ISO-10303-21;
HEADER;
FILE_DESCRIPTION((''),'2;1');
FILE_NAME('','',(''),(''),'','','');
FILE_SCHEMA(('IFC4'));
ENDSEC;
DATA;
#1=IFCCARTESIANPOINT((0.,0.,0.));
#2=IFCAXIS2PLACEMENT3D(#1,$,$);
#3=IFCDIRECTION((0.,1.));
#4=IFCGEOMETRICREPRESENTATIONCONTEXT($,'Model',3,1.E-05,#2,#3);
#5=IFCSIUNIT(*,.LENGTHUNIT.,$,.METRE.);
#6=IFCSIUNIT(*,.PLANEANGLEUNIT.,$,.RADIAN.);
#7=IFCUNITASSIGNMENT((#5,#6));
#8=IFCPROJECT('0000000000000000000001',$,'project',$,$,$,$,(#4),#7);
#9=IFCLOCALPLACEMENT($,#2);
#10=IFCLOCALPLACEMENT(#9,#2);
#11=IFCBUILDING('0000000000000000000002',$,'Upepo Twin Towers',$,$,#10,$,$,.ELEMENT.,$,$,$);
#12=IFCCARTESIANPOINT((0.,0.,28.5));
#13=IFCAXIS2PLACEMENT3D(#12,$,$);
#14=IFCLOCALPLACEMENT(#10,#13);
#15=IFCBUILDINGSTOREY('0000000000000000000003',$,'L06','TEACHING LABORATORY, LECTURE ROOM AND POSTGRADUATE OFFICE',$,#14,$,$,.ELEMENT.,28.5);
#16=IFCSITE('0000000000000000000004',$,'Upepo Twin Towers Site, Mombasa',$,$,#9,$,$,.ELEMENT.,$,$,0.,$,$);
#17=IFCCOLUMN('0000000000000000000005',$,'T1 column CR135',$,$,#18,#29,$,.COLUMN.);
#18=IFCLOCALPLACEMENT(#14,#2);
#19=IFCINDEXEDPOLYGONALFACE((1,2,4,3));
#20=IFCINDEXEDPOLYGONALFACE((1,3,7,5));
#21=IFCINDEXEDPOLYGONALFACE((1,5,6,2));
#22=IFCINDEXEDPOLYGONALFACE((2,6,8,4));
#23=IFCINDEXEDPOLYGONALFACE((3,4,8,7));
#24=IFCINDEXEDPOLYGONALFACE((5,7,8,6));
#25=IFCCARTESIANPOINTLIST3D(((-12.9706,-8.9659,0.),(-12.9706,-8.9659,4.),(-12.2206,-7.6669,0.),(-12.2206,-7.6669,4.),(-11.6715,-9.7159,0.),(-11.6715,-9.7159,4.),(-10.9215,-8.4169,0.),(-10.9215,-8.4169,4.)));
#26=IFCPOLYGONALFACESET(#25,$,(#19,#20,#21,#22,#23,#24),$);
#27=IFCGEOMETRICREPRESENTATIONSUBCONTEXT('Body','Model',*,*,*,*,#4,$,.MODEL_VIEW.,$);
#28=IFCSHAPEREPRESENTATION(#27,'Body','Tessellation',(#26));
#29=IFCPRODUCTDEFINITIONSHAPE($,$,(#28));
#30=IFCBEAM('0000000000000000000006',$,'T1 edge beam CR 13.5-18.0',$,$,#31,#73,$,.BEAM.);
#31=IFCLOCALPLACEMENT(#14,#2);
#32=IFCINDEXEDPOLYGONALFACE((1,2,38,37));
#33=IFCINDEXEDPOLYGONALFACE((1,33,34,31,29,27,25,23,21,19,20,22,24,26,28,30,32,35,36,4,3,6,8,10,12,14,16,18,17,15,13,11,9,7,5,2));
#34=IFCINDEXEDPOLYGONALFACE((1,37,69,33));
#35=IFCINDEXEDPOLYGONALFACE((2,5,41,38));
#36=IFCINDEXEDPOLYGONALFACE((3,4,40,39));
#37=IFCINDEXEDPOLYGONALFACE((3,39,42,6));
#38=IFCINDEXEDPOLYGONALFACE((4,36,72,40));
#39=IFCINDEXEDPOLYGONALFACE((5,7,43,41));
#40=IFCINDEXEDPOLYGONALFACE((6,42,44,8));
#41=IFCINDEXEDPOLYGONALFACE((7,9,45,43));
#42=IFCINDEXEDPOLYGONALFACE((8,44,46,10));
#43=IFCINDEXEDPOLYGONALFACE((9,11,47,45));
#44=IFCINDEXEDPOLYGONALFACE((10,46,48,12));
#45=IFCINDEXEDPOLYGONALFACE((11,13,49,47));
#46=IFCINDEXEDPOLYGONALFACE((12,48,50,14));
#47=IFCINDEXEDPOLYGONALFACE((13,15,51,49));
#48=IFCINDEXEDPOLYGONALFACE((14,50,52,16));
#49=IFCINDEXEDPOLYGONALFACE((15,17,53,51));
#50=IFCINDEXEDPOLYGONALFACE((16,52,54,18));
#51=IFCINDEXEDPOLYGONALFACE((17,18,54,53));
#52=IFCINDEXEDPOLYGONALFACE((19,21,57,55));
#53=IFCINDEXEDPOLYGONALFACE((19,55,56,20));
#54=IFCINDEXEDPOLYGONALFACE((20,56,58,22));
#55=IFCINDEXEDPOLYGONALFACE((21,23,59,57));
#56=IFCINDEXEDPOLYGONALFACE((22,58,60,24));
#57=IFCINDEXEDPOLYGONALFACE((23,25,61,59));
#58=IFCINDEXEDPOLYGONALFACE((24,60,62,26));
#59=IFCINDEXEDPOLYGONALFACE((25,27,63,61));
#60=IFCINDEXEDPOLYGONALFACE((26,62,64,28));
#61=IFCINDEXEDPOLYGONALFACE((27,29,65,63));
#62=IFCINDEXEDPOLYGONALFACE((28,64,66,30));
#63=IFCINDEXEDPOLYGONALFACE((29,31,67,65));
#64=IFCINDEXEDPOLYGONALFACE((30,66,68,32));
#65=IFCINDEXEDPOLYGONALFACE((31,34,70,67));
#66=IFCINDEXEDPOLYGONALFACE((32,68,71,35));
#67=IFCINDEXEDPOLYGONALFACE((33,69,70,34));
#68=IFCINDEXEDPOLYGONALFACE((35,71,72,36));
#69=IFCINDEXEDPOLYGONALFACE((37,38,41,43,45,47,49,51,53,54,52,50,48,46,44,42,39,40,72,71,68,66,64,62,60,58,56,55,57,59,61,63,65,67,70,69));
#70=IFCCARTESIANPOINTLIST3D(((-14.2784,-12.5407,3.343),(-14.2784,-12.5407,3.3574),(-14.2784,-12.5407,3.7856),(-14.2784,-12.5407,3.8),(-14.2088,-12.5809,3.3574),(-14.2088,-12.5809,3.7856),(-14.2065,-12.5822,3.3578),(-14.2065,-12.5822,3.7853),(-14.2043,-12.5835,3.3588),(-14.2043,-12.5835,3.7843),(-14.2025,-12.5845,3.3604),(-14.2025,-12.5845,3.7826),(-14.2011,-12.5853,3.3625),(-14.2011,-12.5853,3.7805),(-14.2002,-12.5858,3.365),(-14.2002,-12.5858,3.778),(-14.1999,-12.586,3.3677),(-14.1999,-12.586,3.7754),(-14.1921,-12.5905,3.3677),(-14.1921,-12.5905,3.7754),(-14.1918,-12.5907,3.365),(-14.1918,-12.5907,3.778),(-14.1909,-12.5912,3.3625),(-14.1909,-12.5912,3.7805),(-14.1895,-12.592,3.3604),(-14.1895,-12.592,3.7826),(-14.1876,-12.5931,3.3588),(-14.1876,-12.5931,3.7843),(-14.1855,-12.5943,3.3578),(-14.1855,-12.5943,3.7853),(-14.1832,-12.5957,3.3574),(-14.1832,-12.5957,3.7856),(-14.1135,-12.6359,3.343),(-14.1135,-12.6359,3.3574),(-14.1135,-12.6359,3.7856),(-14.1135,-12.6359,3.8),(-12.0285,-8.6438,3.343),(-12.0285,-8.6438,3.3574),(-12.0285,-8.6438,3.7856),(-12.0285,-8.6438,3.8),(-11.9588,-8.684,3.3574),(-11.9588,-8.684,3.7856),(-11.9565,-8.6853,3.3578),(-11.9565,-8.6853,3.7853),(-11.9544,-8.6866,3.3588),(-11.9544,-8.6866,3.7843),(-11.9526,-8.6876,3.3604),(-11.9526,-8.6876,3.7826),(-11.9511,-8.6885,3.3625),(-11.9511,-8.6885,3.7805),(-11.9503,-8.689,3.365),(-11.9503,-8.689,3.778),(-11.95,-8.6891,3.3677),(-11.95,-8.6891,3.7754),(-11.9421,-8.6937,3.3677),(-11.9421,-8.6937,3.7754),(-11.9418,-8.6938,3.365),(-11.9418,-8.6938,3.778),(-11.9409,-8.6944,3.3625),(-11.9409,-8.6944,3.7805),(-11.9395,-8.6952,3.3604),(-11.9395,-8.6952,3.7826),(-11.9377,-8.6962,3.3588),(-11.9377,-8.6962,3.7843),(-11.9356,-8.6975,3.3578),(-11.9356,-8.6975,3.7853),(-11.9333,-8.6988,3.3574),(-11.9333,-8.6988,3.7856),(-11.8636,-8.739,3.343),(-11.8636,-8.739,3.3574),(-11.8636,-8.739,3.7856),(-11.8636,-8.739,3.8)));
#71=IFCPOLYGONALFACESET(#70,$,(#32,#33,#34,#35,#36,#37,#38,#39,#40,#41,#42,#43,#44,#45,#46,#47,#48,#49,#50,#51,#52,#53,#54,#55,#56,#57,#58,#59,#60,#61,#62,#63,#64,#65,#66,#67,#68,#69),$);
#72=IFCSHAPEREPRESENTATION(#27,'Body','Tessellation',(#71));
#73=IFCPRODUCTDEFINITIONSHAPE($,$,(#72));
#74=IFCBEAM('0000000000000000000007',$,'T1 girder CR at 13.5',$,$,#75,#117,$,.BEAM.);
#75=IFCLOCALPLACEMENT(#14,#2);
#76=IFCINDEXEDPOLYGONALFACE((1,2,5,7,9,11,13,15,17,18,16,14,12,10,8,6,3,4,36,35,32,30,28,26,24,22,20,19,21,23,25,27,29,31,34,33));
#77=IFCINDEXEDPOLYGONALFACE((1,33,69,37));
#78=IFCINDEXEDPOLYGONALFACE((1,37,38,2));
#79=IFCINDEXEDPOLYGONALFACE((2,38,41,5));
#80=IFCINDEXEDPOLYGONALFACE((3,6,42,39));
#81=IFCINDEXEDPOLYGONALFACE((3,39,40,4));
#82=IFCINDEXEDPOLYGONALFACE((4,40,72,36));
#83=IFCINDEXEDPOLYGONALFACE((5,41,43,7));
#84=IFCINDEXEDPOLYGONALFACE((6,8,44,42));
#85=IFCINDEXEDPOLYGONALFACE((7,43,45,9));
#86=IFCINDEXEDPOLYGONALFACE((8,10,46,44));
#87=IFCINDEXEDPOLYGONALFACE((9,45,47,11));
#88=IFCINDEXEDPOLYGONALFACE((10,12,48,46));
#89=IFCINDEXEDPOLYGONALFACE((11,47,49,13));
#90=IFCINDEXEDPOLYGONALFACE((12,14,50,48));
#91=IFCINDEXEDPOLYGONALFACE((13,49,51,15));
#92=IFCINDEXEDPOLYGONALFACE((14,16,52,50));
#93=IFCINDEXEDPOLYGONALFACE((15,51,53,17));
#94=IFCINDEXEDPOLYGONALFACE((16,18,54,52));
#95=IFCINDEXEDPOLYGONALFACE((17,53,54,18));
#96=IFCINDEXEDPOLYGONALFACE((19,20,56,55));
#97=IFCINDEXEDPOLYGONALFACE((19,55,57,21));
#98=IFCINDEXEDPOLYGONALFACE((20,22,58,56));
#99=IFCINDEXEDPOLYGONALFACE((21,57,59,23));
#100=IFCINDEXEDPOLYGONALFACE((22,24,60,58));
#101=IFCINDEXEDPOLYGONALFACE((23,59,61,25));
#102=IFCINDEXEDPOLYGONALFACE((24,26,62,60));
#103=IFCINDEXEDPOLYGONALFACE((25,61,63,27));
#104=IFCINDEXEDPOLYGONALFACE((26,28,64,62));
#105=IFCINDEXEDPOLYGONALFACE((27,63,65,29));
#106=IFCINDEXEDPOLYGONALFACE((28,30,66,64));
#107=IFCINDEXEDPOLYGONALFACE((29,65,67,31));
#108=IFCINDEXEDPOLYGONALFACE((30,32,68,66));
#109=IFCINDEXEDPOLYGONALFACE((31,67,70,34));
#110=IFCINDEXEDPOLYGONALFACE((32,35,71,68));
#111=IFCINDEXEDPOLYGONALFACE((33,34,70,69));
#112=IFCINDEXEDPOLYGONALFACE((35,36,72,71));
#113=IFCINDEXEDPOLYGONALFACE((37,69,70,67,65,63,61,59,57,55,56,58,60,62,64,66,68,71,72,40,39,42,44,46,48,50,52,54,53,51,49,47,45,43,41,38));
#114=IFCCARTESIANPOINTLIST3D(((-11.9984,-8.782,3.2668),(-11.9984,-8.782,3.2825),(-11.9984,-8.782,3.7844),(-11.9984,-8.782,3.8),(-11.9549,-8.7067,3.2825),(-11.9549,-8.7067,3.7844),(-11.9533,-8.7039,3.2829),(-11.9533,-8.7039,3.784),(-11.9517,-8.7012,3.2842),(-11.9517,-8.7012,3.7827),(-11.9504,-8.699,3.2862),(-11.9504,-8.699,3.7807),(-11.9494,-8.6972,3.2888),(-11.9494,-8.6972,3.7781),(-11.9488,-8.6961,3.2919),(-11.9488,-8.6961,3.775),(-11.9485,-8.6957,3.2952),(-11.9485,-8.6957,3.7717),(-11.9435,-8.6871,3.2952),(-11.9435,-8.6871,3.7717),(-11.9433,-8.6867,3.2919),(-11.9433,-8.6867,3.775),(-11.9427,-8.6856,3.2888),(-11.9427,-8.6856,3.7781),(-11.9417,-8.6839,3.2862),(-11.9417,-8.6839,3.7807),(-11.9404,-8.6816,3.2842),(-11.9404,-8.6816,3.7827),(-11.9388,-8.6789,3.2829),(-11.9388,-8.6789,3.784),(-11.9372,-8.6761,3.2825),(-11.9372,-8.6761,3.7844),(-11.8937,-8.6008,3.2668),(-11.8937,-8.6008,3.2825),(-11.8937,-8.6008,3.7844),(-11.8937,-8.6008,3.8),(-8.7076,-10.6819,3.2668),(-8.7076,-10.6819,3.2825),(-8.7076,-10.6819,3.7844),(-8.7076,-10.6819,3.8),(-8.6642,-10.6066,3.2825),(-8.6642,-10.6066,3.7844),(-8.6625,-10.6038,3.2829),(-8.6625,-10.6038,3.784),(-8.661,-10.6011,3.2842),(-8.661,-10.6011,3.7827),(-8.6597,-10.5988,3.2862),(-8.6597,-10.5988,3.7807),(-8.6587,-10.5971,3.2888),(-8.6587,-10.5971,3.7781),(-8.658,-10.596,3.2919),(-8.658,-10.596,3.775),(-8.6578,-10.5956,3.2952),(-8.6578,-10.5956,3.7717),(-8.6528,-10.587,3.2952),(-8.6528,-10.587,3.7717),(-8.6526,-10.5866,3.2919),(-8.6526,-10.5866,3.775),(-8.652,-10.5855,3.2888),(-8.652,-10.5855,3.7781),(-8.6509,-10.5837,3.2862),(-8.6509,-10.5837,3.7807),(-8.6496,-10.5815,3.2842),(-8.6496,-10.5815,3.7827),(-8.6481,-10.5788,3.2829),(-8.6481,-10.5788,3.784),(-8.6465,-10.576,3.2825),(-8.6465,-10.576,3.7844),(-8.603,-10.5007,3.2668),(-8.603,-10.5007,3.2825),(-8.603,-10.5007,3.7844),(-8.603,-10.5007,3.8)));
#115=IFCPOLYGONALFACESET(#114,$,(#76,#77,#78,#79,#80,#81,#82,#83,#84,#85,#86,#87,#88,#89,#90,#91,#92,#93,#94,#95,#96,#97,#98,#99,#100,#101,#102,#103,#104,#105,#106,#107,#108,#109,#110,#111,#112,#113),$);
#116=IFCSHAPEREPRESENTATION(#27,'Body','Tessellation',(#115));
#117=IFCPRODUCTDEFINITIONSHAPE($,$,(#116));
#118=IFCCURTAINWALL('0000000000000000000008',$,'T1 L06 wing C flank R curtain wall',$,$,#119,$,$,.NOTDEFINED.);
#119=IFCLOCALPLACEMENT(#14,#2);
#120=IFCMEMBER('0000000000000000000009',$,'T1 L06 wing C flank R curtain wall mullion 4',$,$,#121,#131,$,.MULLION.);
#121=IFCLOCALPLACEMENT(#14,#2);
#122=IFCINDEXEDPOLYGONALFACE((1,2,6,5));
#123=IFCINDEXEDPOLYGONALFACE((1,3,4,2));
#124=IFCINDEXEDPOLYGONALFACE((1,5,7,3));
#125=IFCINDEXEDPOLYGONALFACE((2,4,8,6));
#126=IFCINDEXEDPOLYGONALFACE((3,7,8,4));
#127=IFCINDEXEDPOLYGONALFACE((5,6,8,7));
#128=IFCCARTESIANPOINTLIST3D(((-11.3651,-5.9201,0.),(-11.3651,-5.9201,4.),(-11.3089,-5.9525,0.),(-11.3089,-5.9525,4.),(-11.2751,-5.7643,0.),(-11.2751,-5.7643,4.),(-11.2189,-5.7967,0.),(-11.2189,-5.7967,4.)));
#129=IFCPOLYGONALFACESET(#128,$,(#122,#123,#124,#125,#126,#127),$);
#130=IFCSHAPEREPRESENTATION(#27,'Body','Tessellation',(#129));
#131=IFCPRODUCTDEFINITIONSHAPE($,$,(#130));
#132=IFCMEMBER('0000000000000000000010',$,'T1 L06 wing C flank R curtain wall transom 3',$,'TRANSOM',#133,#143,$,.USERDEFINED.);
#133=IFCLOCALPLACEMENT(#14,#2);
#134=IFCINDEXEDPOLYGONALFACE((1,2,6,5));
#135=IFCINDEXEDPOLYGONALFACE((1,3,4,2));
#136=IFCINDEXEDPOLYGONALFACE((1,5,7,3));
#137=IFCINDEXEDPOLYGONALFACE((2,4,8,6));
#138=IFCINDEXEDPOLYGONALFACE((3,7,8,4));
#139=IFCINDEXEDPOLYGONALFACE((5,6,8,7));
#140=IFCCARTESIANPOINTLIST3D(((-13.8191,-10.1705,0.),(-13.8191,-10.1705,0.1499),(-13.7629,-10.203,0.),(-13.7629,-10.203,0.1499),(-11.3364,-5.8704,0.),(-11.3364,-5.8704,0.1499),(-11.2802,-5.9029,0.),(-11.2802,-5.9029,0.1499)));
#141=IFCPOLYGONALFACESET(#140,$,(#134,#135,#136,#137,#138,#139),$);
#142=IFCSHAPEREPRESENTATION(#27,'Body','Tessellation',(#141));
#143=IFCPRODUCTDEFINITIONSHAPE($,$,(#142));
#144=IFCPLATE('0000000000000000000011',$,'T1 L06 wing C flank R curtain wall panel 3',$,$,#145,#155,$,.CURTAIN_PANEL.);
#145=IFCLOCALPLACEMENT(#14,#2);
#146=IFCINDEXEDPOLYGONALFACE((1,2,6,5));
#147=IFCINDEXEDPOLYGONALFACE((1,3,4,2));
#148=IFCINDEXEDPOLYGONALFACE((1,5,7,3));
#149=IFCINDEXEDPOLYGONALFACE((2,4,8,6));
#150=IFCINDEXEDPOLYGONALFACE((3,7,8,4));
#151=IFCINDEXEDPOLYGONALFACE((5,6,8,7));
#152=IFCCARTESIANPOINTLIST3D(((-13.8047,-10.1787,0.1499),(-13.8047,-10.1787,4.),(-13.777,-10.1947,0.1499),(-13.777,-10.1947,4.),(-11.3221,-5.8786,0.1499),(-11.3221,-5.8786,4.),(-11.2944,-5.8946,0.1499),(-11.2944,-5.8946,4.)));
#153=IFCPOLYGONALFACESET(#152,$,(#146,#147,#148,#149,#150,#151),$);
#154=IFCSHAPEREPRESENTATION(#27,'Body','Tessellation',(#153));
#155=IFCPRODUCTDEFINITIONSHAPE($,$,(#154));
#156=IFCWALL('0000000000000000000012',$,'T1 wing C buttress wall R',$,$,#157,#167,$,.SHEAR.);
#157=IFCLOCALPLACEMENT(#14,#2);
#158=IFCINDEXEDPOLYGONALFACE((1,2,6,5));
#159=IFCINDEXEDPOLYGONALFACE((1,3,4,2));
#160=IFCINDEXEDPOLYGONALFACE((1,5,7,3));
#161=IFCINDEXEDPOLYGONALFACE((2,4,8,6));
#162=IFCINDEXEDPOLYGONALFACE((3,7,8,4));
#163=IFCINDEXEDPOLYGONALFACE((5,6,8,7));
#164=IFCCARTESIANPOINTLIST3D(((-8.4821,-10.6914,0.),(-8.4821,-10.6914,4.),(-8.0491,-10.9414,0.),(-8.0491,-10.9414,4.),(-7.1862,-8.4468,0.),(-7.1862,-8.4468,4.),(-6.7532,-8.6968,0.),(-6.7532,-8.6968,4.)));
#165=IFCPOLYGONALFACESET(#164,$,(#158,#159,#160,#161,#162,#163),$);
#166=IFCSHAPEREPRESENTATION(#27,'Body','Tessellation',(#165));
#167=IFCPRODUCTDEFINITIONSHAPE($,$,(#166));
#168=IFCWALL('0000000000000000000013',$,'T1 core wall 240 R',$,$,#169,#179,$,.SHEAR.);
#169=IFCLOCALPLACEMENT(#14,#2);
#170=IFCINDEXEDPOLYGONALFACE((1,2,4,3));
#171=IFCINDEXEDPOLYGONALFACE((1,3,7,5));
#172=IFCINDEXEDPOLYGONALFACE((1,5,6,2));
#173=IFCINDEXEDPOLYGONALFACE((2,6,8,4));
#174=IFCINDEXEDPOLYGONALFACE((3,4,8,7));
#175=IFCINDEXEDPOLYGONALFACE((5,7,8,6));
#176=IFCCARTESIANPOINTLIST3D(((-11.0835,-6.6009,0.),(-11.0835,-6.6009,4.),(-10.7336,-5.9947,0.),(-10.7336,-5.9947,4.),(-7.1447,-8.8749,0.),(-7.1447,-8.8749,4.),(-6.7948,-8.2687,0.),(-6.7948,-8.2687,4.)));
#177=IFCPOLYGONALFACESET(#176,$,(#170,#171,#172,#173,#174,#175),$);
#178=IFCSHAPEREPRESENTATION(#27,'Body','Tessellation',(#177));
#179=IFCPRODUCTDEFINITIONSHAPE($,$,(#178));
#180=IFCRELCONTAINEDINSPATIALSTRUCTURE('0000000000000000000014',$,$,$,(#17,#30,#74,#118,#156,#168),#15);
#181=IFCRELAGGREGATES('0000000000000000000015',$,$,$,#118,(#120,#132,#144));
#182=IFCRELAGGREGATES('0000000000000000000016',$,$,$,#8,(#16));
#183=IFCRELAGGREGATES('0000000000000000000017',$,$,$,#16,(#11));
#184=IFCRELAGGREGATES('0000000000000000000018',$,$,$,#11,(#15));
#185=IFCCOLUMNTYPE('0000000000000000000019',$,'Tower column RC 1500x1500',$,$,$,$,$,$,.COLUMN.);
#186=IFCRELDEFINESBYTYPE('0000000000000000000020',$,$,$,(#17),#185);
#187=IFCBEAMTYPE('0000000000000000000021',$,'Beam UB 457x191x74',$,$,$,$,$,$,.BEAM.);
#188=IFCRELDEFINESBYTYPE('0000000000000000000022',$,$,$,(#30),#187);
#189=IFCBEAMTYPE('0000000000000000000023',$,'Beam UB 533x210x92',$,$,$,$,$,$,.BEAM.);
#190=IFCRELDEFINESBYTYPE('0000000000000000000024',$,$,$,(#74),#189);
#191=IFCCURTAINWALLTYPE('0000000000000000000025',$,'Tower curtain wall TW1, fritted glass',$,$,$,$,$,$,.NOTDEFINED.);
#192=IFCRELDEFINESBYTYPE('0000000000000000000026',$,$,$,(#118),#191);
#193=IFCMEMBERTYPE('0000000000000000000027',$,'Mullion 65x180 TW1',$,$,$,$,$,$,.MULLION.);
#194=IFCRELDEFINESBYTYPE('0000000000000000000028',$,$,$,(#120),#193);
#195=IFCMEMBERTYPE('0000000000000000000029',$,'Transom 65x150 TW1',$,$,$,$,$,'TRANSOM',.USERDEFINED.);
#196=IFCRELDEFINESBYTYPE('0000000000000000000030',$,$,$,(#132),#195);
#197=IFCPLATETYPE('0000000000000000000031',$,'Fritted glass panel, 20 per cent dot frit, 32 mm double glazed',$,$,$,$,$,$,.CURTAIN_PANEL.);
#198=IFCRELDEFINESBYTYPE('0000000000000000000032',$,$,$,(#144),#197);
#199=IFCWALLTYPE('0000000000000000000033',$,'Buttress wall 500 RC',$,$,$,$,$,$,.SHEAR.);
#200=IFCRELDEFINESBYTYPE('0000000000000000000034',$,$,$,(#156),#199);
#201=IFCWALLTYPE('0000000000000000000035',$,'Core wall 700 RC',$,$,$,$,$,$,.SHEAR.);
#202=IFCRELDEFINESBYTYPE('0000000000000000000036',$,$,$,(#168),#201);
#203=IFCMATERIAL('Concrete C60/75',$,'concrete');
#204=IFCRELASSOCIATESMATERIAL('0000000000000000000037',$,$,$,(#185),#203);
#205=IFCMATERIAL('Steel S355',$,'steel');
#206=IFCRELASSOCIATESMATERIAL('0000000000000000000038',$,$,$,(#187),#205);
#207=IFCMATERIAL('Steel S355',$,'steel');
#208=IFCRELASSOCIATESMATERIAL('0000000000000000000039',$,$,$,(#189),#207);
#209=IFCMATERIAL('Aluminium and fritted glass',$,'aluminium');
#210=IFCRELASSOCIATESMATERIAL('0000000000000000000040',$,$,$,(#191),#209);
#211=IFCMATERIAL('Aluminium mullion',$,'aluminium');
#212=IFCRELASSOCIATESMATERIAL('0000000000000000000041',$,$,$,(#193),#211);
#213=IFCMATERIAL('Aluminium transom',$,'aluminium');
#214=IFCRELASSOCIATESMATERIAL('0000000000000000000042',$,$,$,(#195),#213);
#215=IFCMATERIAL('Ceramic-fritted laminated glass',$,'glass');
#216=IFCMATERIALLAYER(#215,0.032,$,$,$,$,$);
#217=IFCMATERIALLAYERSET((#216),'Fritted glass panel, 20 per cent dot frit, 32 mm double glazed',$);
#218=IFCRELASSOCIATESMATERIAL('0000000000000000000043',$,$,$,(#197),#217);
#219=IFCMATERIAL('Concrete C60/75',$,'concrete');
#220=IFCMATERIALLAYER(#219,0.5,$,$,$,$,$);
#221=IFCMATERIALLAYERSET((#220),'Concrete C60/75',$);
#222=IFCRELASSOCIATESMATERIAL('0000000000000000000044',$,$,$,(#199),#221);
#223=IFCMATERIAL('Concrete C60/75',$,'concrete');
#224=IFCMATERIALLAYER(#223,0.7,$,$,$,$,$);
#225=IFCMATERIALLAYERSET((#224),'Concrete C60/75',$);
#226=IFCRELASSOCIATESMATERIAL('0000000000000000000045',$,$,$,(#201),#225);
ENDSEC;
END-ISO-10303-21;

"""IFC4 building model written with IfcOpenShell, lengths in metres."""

from ifc_helpers import new_model, si_unit, direction, frame, frame_2d, origin, origin_2d, place, context, subcontext, project, spatial, rectangle, i_section, extrude, material, layer, layer_set, material_profile, profile_set, type_object, element, aggregate, save


model = new_model("IFC4")

# Units and contexts
model_context = context("Model", 3, precision=1e-05, world=origin(), true_north=direction((0.0, 1.0)))
body_context = subcontext(model_context, "Body", "Model", "MODEL_VIEW")
ifc_project = project(units=[si_unit("LENGTHUNIT", "METRE"), si_unit("PLANEANGLEUNIT", "RADIAN")], contexts=[model_context])

# Site, building, storey
site_placement = place(None, origin())
site = spatial("IfcSite", under=ifc_project, at=site_placement, Name="Upepo Twin Towers Site, Mombasa", CompositionType="ELEMENT", RefElevation=0.0)
building_placement = place(site_placement, origin())
building = spatial("IfcBuilding", under=site, at=building_placement, Name="Upepo Twin Towers", CompositionType="ELEMENT")
storey_placement = place(building_placement, frame((0.0, 0.0, 28.5)))
storey = spatial("IfcBuildingStorey", under=building, at=storey_placement, Name="L06", Description="TEACHING LABORATORY, LECTURE ROOM AND POSTGRADUATE OFFICE", CompositionType="ELEMENT", Elevation=28.5)

# Column
ifc_material_1 = material(Name="Concrete C60/75", Category="concrete")
ifc_material_profile_1 = material_profile(ifc_material_1, rectangle(XDim=1.5, YDim=1.5, at=origin_2d()), Name="RC 1500x1500")
ifc_profile_set_1 = profile_set([ifc_material_profile_1], Name="Concrete C60/75")
column_type = type_object("IfcColumnType", Name="Tower column RC 1500x1500", PredefinedType="COLUMN", material=ifc_profile_set_1)
column_placement = place(storey_placement, frame((-11.946, -8.6914, 0.0), z_axis=(0.0, 0.0, 1.0), x_axis=(0.5, 0.866025, 0.0)))
element("IfcColumn", 1, at=column_placement, inside=storey, type_object=column_type, Name="T1 column CR135", PredefinedType="COLUMN", context=body_context, shape_type="SweptSolid", body=[
    extrude(rectangle(XDim=1.5, YDim=1.5, at=origin_2d()), origin(), (0.0, 0.0, 1.0), 4.0),
])

# Beams
ifc_material_2 = material(Name="Steel S355", Category="steel")
ifc_material_profile_2 = material_profile(ifc_material_2, i_section(OverallWidth=0.1904, OverallDepth=0.457, WebThickness=0.009, FlangeThickness=0.0144, FilletRadius=0.0103, at=origin_2d()), Name="UB 457x191x74")
ifc_profile_set_2 = profile_set([ifc_material_profile_2], Name="Steel S355")
beam_type_1 = type_object("IfcBeamType", Name="Beam UB 457x191x74", PredefinedType="BEAM", material=ifc_profile_set_2)
beam_1_placement = place(storey_placement, frame((-11.946, -8.6914, 3.5715), z_axis=(-0.500014, -0.866018, 0.0), x_axis=(0.866018, -0.500014, 0.0)))
element("IfcBeam", 2, at=beam_1_placement, inside=storey, type_object=beam_type_1, Name="T1 edge beam CR 13.5-18.0", PredefinedType="BEAM", context=body_context, shape_type="SweptSolid", body=[
    extrude(i_section(OverallWidth=0.1904, OverallDepth=0.457, WebThickness=0.009, FlangeThickness=0.0144, FilletRadius=0.0103, at=origin_2d()), origin(), (0.0, 0.0, 1.0), 4.4998),
])
ifc_material_3 = material(Name="Steel S355", Category="steel")
ifc_material_profile_3 = material_profile(ifc_material_3, i_section(OverallWidth=0.2092, OverallDepth=0.5332, WebThickness=0.01, FlangeThickness=0.0156, FilletRadius=0.0127, at=origin_2d()), Name="UB 533x210x92")
ifc_profile_set_3 = profile_set([ifc_material_profile_3], Name="Steel S355")
beam_type_2 = type_object("IfcBeamType", Name="Beam UB 533x210x92", PredefinedType="BEAM", material=ifc_profile_set_3)
beam_2_placement = place(storey_placement, frame((-11.946, -8.6914, 3.5334), z_axis=(0.866028, -0.499995, 0.0), x_axis=(0.499995, 0.866028, 0.0)))
element("IfcBeam", 3, at=beam_2_placement, inside=storey, type_object=beam_type_2, Name="T1 girder CR at 13.5", PredefinedType="BEAM", context=body_context, shape_type="SweptSolid", body=[
    extrude(i_section(OverallWidth=0.2092, OverallDepth=0.5332, WebThickness=0.01, FlangeThickness=0.0156, FilletRadius=0.0127, at=origin_2d()), origin(), (0.0, 0.0, 1.0), 3.7998),
])

# Curtain wall, members, plate
ifc_material_4 = material(Name="Aluminium and fritted glass", Category="aluminium")
curtain_wall_type = type_object("IfcCurtainWallType", Name="Tower curtain wall TW1, fritted glass", PredefinedType="NOTDEFINED", material=ifc_material_4)
curtain_wall_placement = place(storey_placement, origin())
curtain_wall = element("IfcCurtainWall", 4, at=curtain_wall_placement, inside=storey, type_object=curtain_wall_type, Name="T1 L06 wing C flank R curtain wall", PredefinedType="NOTDEFINED")
ifc_material_5 = material(Name="Aluminium mullion", Category="aluminium")
ifc_material_profile_4 = material_profile(ifc_material_5, rectangle(XDim=0.0649, YDim=0.1799, at=origin_2d()), Name="MULLION 65x180")
ifc_profile_set_4 = profile_set([ifc_material_profile_4], Name="Aluminium mullion")
member_type_1 = type_object("IfcMemberType", Name="Mullion 65x180 TW1", PredefinedType="MULLION", material=ifc_profile_set_4)
member_1_placement = place(storey_placement, frame((-11.292, -5.8584, 0.0), z_axis=(0.0, 0.0, 1.0), x_axis=(-0.866025, 0.5, 0.0)))
member_1 = element("IfcMember", 5, at=member_1_placement, type_object=member_type_1, Name="T1 L06 wing C flank R curtain wall mullion 4", PredefinedType="MULLION", context=body_context, shape_type="SweptSolid", body=[
    extrude(rectangle(XDim=0.0649, YDim=0.1799, at=origin_2d()), origin(), (0.0, 0.0, 1.0), 4.0),
])
ifc_material_6 = material(Name="Aluminium transom", Category="aluminium")
ifc_material_profile_5 = material_profile(ifc_material_6, rectangle(XDim=0.0649, YDim=0.1499, at=origin_2d()), Name="TRANSOM 65x150")
ifc_profile_set_5 = profile_set([ifc_material_profile_5], Name="Aluminium transom")
member_type_2 = type_object("IfcMemberType", Name="Transom 65x150 TW1", ElementType="TRANSOM", PredefinedType="USERDEFINED", material=ifc_profile_set_5)
member_2_placement = place(storey_placement, frame((-13.791, -10.1868, 0.075), z_axis=(0.500005, 0.866023, 0.0), x_axis=(-0.866023, 0.500005, 0.0)))
member_2 = element("IfcMember", 6, at=member_2_placement, type_object=member_type_2, Name="T1 L06 wing C flank R curtain wall transom 3", ObjectType="TRANSOM", PredefinedType="USERDEFINED", context=body_context, shape_type="SweptSolid", body=[
    extrude(rectangle(XDim=0.0649, YDim=0.1499, at=origin_2d()), origin(), (0.0, 0.0, 1.0), 4.9653),
])
ifc_material_7 = material(Name="Ceramic-fritted laminated glass", Category="glass")
ifc_layer_1 = layer(ifc_material_7, 0.032)
ifc_layer_set_1 = layer_set([ifc_layer_1], Name="Fritted glass panel, 20 per cent dot frit, 32 mm double glazed")
plate_type = type_object("IfcPlateType", Name="Fritted glass panel, 20 per cent dot frit, 32 mm double glazed", PredefinedType="CURTAIN_PANEL", material=ifc_layer_set_1)
plate_placement = place(storey_placement, frame((-12.5496, -8.0366, 0.1499), z_axis=(0.0, 0.0, 1.0), x_axis=(0.5, 0.866025, 0.0)))
plate = element("IfcPlate", 7, at=plate_placement, type_object=plate_type, Name="T1 L06 wing C flank R curtain wall panel 3", PredefinedType="CURTAIN_PANEL", context=body_context, shape_type="SweptSolid", body=[
    extrude(rectangle(XDim=4.9653, YDim=0.032, at=origin_2d()), origin(), (0.0, 0.0, 1.0), 3.8501),
])
aggregate(curtain_wall, [member_1, member_2, plate])

# Walls
ifc_material_8 = material(Name="Concrete C60/75", Category="concrete")
ifc_layer_2 = layer(ifc_material_8, 0.5)
ifc_layer_set_2 = layer_set([ifc_layer_2], Name="Concrete C60/75")
wall_type_1 = type_object("IfcWallType", Name="Buttress wall 500 RC", PredefinedType="SHEAR", material=ifc_layer_set_2)
wall_1_placement = place(storey_placement, frame((-6.9697, -8.5718, 0.0), z_axis=(0.0, 0.0, 1.0), x_axis=(-0.499989, -0.866032, 0.0)))
element("IfcWall", 8, at=wall_1_placement, inside=storey, type_object=wall_type_1, Name="T1 wing C buttress wall R", PredefinedType="SHEAR", context=body_context, shape_type="SweptSolid", body=[
    extrude(rectangle(XDim=2.5918, YDim=0.5, at=frame_2d((1.2959, 0.0))), origin(), (0.0, 0.0, 1.0), 4.0),
])
ifc_material_9 = material(Name="Concrete C60/75", Category="concrete")
ifc_layer_3 = layer(ifc_material_9, 0.7)
ifc_layer_set_3 = layer_set([ifc_layer_3], Name="Concrete C60/75")
wall_type_2 = type_object("IfcWallType", Name="Core wall 700 RC", PredefinedType="SHEAR", material=ifc_layer_set_3)
wall_2_placement = place(storey_placement, frame((-10.9084, -6.2979, 0.0), z_axis=(0.0, 0.0, 1.0), x_axis=(0.866035, -0.499984, 0.0)))
element("IfcWall", 9, at=wall_2_placement, inside=storey, type_object=wall_type_2, Name="T1 core wall 240 R", PredefinedType="SHEAR", context=body_context, shape_type="SweptSolid", body=[
    extrude(rectangle(XDim=4.5481, YDim=0.7, at=frame_2d((2.2739, 0.0))), origin(), (0.0, 0.0, 1.0), 4.0),
])

save(model, "model.ifc")
